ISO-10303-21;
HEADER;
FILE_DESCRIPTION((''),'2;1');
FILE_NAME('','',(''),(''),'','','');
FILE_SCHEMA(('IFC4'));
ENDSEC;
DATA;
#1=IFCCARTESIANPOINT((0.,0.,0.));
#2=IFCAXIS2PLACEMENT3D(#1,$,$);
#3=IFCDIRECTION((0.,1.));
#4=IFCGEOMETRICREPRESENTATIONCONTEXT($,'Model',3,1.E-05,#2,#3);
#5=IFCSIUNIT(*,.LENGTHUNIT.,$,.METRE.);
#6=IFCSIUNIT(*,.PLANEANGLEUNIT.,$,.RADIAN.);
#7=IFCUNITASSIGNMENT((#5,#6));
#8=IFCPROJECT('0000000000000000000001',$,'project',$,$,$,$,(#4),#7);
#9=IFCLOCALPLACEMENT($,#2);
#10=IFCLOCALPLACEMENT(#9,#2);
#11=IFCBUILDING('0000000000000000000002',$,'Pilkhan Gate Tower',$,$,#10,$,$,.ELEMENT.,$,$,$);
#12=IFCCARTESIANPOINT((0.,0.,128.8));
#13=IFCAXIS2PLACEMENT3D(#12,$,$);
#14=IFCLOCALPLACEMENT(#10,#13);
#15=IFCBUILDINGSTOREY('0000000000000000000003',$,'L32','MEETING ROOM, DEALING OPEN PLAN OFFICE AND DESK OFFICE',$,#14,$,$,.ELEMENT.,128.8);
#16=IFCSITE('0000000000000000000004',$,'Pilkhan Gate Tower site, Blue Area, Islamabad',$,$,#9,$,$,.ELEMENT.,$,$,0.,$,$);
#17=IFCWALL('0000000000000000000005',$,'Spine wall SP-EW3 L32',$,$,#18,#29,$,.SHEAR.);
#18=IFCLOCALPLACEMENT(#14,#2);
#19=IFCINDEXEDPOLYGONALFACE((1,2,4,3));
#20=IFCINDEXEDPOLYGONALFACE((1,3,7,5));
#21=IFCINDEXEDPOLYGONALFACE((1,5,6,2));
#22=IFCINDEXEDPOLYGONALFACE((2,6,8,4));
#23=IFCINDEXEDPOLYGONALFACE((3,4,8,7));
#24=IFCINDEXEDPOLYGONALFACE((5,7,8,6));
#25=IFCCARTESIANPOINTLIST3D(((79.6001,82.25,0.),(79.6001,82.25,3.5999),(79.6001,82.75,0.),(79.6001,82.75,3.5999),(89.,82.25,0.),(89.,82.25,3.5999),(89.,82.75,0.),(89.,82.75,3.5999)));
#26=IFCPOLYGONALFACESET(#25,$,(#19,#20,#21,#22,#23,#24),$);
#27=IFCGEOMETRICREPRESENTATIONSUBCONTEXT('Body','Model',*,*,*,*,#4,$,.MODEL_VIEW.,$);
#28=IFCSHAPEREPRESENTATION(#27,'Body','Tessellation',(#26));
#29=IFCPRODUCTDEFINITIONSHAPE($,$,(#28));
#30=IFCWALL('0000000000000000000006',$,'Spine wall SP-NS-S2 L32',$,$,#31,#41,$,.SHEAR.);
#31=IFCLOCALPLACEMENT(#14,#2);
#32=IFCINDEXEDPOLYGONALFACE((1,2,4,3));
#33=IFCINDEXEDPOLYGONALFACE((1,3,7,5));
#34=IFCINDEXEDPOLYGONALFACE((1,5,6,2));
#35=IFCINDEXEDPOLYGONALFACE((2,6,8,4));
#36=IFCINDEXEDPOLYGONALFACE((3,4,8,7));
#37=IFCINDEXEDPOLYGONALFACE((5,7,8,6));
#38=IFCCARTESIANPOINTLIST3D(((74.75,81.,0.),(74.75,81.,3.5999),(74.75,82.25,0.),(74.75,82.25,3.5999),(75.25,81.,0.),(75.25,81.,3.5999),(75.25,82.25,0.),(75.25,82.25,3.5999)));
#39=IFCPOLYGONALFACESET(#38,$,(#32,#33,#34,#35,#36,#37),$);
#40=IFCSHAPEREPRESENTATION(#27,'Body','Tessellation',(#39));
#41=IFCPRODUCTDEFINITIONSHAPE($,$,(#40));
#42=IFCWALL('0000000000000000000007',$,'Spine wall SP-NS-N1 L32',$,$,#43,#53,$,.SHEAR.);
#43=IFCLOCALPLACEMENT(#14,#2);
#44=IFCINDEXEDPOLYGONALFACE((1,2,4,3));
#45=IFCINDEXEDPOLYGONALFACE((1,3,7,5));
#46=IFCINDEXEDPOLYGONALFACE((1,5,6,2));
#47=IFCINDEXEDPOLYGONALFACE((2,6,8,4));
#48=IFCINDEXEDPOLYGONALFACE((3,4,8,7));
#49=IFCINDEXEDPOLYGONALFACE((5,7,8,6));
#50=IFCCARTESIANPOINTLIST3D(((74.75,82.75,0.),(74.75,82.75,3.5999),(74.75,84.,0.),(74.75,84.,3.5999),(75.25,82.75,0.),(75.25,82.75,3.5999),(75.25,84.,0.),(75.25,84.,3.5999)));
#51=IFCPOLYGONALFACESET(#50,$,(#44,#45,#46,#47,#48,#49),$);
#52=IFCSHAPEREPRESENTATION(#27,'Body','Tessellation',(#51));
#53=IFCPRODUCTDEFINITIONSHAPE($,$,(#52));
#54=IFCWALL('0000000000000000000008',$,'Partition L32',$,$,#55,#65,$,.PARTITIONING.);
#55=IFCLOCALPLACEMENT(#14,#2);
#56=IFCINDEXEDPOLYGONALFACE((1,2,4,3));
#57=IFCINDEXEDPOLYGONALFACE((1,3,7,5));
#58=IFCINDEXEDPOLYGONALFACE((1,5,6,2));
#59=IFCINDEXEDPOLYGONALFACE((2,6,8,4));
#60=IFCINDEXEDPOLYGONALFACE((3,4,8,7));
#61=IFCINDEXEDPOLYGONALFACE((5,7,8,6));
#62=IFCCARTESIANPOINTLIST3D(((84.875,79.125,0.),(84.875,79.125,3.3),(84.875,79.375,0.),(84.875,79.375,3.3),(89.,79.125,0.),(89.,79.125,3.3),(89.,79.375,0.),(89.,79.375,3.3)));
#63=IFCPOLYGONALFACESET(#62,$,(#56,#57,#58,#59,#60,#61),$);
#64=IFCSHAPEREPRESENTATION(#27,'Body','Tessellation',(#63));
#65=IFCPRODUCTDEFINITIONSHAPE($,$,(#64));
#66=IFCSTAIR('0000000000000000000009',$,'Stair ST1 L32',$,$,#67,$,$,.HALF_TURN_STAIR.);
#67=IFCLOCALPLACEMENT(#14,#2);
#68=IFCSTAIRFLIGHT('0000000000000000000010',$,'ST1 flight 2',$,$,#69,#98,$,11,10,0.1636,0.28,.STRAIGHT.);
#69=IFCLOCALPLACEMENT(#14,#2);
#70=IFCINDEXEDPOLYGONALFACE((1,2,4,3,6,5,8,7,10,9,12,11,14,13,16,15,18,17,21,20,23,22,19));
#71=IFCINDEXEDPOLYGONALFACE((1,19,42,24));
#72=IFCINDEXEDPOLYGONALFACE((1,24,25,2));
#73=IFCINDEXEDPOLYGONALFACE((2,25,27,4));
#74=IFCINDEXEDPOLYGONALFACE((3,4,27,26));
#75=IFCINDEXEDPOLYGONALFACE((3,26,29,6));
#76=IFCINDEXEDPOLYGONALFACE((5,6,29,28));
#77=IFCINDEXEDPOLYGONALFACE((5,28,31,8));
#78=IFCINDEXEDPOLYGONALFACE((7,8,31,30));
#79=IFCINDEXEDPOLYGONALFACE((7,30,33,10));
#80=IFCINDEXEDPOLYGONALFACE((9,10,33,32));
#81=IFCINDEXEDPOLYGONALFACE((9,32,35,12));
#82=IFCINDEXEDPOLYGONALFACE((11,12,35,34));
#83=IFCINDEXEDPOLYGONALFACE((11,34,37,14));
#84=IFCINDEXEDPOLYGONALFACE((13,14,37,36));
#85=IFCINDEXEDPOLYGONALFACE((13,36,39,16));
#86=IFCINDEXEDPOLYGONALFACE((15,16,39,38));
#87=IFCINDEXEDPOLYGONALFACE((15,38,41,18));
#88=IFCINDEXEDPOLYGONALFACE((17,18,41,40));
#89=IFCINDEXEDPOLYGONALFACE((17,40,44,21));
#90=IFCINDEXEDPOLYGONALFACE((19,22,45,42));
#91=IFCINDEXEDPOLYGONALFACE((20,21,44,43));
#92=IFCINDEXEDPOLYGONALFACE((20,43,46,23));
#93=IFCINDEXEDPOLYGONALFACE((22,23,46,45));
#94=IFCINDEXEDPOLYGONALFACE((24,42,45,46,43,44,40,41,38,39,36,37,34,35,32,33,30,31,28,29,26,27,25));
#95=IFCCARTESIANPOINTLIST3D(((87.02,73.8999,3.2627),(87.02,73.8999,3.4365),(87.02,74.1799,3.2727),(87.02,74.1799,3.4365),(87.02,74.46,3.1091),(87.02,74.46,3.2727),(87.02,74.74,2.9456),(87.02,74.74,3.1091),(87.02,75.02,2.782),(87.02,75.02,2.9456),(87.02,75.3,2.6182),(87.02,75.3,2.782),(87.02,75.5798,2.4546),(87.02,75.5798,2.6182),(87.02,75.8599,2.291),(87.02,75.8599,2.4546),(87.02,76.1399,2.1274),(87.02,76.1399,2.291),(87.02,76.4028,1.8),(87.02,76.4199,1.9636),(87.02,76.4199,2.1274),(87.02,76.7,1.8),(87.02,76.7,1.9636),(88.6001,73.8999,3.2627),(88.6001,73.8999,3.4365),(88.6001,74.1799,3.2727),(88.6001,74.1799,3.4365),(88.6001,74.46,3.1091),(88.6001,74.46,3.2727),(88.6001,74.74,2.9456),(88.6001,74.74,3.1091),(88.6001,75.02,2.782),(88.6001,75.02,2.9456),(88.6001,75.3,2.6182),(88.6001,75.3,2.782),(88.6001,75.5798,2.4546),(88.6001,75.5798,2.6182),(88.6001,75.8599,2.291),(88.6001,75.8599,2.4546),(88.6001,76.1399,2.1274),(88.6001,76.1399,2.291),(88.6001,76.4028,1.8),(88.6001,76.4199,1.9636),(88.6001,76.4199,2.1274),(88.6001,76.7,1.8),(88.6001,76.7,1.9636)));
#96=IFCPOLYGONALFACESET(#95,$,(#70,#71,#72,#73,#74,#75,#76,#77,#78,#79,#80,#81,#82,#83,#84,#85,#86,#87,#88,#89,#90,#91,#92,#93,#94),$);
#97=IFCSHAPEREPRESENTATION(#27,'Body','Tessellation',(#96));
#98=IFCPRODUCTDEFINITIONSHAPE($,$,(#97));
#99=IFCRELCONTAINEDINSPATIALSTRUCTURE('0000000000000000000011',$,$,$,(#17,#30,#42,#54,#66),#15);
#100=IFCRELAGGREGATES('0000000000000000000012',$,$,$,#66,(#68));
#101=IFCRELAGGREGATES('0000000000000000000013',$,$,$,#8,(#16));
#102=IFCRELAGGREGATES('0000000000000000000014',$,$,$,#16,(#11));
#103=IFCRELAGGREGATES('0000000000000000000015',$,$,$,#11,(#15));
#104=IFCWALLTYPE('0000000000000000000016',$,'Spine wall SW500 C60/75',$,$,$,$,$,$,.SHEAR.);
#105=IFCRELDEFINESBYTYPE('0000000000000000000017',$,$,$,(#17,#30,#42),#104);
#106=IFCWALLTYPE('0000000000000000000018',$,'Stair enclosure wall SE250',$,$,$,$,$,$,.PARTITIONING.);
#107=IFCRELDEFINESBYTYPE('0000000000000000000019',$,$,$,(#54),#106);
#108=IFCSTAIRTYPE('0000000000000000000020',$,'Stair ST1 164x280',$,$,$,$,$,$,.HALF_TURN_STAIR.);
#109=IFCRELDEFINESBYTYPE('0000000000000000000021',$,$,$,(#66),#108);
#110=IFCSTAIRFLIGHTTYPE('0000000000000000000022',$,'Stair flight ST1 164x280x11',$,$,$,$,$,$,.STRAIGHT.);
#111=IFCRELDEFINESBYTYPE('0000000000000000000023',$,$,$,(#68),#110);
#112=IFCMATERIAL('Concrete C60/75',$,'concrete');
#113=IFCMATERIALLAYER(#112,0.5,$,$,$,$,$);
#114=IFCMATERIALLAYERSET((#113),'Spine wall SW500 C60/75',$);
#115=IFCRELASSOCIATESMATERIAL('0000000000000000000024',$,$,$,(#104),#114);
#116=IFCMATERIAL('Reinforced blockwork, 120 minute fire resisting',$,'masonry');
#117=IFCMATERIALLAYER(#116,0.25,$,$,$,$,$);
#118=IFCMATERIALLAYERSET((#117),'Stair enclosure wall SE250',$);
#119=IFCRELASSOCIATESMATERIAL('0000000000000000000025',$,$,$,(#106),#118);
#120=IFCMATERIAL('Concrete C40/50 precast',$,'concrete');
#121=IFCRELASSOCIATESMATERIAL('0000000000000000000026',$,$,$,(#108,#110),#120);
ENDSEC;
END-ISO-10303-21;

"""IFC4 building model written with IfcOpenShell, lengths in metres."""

from ifc_helpers import new_model, si_unit, direction, frame, frame_2d, origin, place, context, subcontext, project, spatial, polyline, rectangle, outline, extrude, material, layer, layer_set, type_object, element, aggregate, save


model = new_model("IFC4")

# Units and contexts
model_context = context("Model", 3, precision=1e-05, world=origin(), true_north=direction((0.0, 1.0)))
body_context = subcontext(model_context, "Body", "Model", "MODEL_VIEW")
ifc_project = project(units=[si_unit("LENGTHUNIT", "METRE"), si_unit("PLANEANGLEUNIT", "RADIAN")], contexts=[model_context])

# Site, building, storey
site_placement = place(None, origin())
site = spatial("IfcSite", under=ifc_project, at=site_placement, Name="Pilkhan Gate Tower site, Blue Area, Islamabad", CompositionType="ELEMENT", RefElevation=0.0)
building_placement = place(site_placement, origin())
building = spatial("IfcBuilding", under=site, at=building_placement, Name="Pilkhan Gate Tower", CompositionType="ELEMENT")
storey_placement = place(building_placement, frame((0.0, 0.0, 128.8)))
storey = spatial("IfcBuildingStorey", under=building, at=storey_placement, Name="L32", Description="MEETING ROOM, DEALING OPEN PLAN OFFICE AND DESK OFFICE", CompositionType="ELEMENT", Elevation=128.8)

# Shared definitions
ifc_material_1 = material(Name="Concrete C60/75", Category="concrete")

# Walls
ifc_layer_1 = layer(ifc_material_1, 0.5)
ifc_layer_set_1 = layer_set([ifc_layer_1], Name="Spine wall SW500 C60/75")
wall_type_1 = type_object("IfcWallType", Name="Spine wall SW500 C60/75", PredefinedType="SHEAR", material=ifc_layer_set_1)
wall_1_placement = place(storey_placement, frame((79.6001, 82.5, 0.0), z_axis=(0.0, 0.0, 1.0), x_axis=(1.0, 0.0, 0.0)))
element("IfcWall", 1, at=wall_1_placement, inside=storey, type_object=wall_type_1, Name="Spine wall SP-EW3 L32", PredefinedType="SHEAR", context=body_context, shape_type="SweptSolid", body=[
    extrude(rectangle(XDim=9.3999, YDim=0.5, at=frame_2d((4.7, 0.0))), origin(), (0.0, 0.0, 1.0), 3.5999),
])
for number, where, z_axis, x_axis, name in (
    (2, (75.0, 81.0, 0.0), (0.0, 0.0, 1.0), (0.0, 1.0, 0.0), "Spine wall SP-NS-S2 L32"),
    (3, (75.0, 82.75, 0.0), (0.0, 0.0, 1.0), (0.0, 1.0, 0.0), "Spine wall SP-NS-N1 L32"),
):
    element("IfcWall", number, at=place(storey_placement, frame(where, z_axis=z_axis, x_axis=x_axis)), inside=storey, type_object=wall_type_1, Name=name, PredefinedType="SHEAR", context=body_context, shape_type="SweptSolid", body=[
        extrude(rectangle(XDim=1.25, YDim=0.5, at=frame_2d((0.625, 0.0))), origin(), (0.0, 0.0, 1.0), 3.5999),
    ])
ifc_material_2 = material(Name="Reinforced blockwork, 120 minute fire resisting", Category="masonry")
ifc_layer_2 = layer(ifc_material_2, 0.25)
ifc_layer_set_2 = layer_set([ifc_layer_2], Name="Stair enclosure wall SE250")
wall_type_2 = type_object("IfcWallType", Name="Stair enclosure wall SE250", PredefinedType="PARTITIONING", material=ifc_layer_set_2)
wall_2_placement = place(storey_placement, frame((84.875, 79.25, 0.0), z_axis=(0.0, 0.0, 1.0), x_axis=(1.0, 0.0, 0.0)))
element("IfcWall", 4, at=wall_2_placement, inside=storey, type_object=wall_type_2, Name="Partition L32", PredefinedType="PARTITIONING", context=body_context, shape_type="SweptSolid", body=[
    extrude(rectangle(XDim=4.125, YDim=0.25, at=frame_2d((2.0625, 0.0))), origin(), (0.0, 0.0, 1.0), 3.3),
])

# Stair, stair flight
ifc_material_3 = material(Name="Concrete C40/50 precast", Category="concrete")
stair_type = type_object("IfcStairType", Name="Stair ST1 164x280", PredefinedType="HALF_TURN_STAIR", material=ifc_material_3)
stair_placement = place(storey_placement, origin())
stair = element("IfcStair", 5, at=stair_placement, inside=storey, type_object=stair_type, Name="Stair ST1 L32", PredefinedType="HALF_TURN_STAIR")
stair_flight_type = type_object("IfcStairFlightType", Name="Stair flight ST1 164x280x11", PredefinedType="STRAIGHT", material=ifc_material_3)
stair_flight_placement = place(storey_placement, frame((87.8101, 76.7, 1.8), z_axis=(0.0, 0.0, 1.0), x_axis=(0.0, -1.0, 0.0)))
stair_flight = element("IfcStairFlight", 6, at=stair_flight_placement, type_object=stair_flight_type, Name="ST1 flight 2", NumberOfRisers=11, NumberOfTreads=10, PredefinedType="STRAIGHT", RiserHeight=0.1636, TreadLength=0.28, context=body_context, shape_type="SweptSolid", body=[
    extrude(outline(polyline([(0.0, 0.0), (0.0, 0.1636), (0.28, 0.1636), (0.28, 0.3274), (0.5601, 0.3274), (0.5601, 0.491), (0.8401, 0.491), (0.8401, 0.6545), (1.1201, 0.6545), (1.1201, 0.8181), (1.3999, 0.8181), (1.3999, 0.9819), (1.6799, 0.9819), (1.6799, 1.1455), (1.96, 1.1455), (1.96, 1.3091), (2.24, 1.3091), (2.24, 1.4727), (2.52, 1.4727), (2.52, 1.6365), (2.8, 1.6365), (2.8, 1.8), (2.8, 1.4626), (0.2971, 0.0), (0.0, 0.0)])), frame((0.0, 0.79, 0.0), z_axis=(0.0, -1.0, 0.0), x_axis=(1.0, 0.0, 0.0)), (0.0, 0.0, 1.0), 1.5801),
])
aggregate(stair, [stair_flight])

save(model, "model.ifc")
